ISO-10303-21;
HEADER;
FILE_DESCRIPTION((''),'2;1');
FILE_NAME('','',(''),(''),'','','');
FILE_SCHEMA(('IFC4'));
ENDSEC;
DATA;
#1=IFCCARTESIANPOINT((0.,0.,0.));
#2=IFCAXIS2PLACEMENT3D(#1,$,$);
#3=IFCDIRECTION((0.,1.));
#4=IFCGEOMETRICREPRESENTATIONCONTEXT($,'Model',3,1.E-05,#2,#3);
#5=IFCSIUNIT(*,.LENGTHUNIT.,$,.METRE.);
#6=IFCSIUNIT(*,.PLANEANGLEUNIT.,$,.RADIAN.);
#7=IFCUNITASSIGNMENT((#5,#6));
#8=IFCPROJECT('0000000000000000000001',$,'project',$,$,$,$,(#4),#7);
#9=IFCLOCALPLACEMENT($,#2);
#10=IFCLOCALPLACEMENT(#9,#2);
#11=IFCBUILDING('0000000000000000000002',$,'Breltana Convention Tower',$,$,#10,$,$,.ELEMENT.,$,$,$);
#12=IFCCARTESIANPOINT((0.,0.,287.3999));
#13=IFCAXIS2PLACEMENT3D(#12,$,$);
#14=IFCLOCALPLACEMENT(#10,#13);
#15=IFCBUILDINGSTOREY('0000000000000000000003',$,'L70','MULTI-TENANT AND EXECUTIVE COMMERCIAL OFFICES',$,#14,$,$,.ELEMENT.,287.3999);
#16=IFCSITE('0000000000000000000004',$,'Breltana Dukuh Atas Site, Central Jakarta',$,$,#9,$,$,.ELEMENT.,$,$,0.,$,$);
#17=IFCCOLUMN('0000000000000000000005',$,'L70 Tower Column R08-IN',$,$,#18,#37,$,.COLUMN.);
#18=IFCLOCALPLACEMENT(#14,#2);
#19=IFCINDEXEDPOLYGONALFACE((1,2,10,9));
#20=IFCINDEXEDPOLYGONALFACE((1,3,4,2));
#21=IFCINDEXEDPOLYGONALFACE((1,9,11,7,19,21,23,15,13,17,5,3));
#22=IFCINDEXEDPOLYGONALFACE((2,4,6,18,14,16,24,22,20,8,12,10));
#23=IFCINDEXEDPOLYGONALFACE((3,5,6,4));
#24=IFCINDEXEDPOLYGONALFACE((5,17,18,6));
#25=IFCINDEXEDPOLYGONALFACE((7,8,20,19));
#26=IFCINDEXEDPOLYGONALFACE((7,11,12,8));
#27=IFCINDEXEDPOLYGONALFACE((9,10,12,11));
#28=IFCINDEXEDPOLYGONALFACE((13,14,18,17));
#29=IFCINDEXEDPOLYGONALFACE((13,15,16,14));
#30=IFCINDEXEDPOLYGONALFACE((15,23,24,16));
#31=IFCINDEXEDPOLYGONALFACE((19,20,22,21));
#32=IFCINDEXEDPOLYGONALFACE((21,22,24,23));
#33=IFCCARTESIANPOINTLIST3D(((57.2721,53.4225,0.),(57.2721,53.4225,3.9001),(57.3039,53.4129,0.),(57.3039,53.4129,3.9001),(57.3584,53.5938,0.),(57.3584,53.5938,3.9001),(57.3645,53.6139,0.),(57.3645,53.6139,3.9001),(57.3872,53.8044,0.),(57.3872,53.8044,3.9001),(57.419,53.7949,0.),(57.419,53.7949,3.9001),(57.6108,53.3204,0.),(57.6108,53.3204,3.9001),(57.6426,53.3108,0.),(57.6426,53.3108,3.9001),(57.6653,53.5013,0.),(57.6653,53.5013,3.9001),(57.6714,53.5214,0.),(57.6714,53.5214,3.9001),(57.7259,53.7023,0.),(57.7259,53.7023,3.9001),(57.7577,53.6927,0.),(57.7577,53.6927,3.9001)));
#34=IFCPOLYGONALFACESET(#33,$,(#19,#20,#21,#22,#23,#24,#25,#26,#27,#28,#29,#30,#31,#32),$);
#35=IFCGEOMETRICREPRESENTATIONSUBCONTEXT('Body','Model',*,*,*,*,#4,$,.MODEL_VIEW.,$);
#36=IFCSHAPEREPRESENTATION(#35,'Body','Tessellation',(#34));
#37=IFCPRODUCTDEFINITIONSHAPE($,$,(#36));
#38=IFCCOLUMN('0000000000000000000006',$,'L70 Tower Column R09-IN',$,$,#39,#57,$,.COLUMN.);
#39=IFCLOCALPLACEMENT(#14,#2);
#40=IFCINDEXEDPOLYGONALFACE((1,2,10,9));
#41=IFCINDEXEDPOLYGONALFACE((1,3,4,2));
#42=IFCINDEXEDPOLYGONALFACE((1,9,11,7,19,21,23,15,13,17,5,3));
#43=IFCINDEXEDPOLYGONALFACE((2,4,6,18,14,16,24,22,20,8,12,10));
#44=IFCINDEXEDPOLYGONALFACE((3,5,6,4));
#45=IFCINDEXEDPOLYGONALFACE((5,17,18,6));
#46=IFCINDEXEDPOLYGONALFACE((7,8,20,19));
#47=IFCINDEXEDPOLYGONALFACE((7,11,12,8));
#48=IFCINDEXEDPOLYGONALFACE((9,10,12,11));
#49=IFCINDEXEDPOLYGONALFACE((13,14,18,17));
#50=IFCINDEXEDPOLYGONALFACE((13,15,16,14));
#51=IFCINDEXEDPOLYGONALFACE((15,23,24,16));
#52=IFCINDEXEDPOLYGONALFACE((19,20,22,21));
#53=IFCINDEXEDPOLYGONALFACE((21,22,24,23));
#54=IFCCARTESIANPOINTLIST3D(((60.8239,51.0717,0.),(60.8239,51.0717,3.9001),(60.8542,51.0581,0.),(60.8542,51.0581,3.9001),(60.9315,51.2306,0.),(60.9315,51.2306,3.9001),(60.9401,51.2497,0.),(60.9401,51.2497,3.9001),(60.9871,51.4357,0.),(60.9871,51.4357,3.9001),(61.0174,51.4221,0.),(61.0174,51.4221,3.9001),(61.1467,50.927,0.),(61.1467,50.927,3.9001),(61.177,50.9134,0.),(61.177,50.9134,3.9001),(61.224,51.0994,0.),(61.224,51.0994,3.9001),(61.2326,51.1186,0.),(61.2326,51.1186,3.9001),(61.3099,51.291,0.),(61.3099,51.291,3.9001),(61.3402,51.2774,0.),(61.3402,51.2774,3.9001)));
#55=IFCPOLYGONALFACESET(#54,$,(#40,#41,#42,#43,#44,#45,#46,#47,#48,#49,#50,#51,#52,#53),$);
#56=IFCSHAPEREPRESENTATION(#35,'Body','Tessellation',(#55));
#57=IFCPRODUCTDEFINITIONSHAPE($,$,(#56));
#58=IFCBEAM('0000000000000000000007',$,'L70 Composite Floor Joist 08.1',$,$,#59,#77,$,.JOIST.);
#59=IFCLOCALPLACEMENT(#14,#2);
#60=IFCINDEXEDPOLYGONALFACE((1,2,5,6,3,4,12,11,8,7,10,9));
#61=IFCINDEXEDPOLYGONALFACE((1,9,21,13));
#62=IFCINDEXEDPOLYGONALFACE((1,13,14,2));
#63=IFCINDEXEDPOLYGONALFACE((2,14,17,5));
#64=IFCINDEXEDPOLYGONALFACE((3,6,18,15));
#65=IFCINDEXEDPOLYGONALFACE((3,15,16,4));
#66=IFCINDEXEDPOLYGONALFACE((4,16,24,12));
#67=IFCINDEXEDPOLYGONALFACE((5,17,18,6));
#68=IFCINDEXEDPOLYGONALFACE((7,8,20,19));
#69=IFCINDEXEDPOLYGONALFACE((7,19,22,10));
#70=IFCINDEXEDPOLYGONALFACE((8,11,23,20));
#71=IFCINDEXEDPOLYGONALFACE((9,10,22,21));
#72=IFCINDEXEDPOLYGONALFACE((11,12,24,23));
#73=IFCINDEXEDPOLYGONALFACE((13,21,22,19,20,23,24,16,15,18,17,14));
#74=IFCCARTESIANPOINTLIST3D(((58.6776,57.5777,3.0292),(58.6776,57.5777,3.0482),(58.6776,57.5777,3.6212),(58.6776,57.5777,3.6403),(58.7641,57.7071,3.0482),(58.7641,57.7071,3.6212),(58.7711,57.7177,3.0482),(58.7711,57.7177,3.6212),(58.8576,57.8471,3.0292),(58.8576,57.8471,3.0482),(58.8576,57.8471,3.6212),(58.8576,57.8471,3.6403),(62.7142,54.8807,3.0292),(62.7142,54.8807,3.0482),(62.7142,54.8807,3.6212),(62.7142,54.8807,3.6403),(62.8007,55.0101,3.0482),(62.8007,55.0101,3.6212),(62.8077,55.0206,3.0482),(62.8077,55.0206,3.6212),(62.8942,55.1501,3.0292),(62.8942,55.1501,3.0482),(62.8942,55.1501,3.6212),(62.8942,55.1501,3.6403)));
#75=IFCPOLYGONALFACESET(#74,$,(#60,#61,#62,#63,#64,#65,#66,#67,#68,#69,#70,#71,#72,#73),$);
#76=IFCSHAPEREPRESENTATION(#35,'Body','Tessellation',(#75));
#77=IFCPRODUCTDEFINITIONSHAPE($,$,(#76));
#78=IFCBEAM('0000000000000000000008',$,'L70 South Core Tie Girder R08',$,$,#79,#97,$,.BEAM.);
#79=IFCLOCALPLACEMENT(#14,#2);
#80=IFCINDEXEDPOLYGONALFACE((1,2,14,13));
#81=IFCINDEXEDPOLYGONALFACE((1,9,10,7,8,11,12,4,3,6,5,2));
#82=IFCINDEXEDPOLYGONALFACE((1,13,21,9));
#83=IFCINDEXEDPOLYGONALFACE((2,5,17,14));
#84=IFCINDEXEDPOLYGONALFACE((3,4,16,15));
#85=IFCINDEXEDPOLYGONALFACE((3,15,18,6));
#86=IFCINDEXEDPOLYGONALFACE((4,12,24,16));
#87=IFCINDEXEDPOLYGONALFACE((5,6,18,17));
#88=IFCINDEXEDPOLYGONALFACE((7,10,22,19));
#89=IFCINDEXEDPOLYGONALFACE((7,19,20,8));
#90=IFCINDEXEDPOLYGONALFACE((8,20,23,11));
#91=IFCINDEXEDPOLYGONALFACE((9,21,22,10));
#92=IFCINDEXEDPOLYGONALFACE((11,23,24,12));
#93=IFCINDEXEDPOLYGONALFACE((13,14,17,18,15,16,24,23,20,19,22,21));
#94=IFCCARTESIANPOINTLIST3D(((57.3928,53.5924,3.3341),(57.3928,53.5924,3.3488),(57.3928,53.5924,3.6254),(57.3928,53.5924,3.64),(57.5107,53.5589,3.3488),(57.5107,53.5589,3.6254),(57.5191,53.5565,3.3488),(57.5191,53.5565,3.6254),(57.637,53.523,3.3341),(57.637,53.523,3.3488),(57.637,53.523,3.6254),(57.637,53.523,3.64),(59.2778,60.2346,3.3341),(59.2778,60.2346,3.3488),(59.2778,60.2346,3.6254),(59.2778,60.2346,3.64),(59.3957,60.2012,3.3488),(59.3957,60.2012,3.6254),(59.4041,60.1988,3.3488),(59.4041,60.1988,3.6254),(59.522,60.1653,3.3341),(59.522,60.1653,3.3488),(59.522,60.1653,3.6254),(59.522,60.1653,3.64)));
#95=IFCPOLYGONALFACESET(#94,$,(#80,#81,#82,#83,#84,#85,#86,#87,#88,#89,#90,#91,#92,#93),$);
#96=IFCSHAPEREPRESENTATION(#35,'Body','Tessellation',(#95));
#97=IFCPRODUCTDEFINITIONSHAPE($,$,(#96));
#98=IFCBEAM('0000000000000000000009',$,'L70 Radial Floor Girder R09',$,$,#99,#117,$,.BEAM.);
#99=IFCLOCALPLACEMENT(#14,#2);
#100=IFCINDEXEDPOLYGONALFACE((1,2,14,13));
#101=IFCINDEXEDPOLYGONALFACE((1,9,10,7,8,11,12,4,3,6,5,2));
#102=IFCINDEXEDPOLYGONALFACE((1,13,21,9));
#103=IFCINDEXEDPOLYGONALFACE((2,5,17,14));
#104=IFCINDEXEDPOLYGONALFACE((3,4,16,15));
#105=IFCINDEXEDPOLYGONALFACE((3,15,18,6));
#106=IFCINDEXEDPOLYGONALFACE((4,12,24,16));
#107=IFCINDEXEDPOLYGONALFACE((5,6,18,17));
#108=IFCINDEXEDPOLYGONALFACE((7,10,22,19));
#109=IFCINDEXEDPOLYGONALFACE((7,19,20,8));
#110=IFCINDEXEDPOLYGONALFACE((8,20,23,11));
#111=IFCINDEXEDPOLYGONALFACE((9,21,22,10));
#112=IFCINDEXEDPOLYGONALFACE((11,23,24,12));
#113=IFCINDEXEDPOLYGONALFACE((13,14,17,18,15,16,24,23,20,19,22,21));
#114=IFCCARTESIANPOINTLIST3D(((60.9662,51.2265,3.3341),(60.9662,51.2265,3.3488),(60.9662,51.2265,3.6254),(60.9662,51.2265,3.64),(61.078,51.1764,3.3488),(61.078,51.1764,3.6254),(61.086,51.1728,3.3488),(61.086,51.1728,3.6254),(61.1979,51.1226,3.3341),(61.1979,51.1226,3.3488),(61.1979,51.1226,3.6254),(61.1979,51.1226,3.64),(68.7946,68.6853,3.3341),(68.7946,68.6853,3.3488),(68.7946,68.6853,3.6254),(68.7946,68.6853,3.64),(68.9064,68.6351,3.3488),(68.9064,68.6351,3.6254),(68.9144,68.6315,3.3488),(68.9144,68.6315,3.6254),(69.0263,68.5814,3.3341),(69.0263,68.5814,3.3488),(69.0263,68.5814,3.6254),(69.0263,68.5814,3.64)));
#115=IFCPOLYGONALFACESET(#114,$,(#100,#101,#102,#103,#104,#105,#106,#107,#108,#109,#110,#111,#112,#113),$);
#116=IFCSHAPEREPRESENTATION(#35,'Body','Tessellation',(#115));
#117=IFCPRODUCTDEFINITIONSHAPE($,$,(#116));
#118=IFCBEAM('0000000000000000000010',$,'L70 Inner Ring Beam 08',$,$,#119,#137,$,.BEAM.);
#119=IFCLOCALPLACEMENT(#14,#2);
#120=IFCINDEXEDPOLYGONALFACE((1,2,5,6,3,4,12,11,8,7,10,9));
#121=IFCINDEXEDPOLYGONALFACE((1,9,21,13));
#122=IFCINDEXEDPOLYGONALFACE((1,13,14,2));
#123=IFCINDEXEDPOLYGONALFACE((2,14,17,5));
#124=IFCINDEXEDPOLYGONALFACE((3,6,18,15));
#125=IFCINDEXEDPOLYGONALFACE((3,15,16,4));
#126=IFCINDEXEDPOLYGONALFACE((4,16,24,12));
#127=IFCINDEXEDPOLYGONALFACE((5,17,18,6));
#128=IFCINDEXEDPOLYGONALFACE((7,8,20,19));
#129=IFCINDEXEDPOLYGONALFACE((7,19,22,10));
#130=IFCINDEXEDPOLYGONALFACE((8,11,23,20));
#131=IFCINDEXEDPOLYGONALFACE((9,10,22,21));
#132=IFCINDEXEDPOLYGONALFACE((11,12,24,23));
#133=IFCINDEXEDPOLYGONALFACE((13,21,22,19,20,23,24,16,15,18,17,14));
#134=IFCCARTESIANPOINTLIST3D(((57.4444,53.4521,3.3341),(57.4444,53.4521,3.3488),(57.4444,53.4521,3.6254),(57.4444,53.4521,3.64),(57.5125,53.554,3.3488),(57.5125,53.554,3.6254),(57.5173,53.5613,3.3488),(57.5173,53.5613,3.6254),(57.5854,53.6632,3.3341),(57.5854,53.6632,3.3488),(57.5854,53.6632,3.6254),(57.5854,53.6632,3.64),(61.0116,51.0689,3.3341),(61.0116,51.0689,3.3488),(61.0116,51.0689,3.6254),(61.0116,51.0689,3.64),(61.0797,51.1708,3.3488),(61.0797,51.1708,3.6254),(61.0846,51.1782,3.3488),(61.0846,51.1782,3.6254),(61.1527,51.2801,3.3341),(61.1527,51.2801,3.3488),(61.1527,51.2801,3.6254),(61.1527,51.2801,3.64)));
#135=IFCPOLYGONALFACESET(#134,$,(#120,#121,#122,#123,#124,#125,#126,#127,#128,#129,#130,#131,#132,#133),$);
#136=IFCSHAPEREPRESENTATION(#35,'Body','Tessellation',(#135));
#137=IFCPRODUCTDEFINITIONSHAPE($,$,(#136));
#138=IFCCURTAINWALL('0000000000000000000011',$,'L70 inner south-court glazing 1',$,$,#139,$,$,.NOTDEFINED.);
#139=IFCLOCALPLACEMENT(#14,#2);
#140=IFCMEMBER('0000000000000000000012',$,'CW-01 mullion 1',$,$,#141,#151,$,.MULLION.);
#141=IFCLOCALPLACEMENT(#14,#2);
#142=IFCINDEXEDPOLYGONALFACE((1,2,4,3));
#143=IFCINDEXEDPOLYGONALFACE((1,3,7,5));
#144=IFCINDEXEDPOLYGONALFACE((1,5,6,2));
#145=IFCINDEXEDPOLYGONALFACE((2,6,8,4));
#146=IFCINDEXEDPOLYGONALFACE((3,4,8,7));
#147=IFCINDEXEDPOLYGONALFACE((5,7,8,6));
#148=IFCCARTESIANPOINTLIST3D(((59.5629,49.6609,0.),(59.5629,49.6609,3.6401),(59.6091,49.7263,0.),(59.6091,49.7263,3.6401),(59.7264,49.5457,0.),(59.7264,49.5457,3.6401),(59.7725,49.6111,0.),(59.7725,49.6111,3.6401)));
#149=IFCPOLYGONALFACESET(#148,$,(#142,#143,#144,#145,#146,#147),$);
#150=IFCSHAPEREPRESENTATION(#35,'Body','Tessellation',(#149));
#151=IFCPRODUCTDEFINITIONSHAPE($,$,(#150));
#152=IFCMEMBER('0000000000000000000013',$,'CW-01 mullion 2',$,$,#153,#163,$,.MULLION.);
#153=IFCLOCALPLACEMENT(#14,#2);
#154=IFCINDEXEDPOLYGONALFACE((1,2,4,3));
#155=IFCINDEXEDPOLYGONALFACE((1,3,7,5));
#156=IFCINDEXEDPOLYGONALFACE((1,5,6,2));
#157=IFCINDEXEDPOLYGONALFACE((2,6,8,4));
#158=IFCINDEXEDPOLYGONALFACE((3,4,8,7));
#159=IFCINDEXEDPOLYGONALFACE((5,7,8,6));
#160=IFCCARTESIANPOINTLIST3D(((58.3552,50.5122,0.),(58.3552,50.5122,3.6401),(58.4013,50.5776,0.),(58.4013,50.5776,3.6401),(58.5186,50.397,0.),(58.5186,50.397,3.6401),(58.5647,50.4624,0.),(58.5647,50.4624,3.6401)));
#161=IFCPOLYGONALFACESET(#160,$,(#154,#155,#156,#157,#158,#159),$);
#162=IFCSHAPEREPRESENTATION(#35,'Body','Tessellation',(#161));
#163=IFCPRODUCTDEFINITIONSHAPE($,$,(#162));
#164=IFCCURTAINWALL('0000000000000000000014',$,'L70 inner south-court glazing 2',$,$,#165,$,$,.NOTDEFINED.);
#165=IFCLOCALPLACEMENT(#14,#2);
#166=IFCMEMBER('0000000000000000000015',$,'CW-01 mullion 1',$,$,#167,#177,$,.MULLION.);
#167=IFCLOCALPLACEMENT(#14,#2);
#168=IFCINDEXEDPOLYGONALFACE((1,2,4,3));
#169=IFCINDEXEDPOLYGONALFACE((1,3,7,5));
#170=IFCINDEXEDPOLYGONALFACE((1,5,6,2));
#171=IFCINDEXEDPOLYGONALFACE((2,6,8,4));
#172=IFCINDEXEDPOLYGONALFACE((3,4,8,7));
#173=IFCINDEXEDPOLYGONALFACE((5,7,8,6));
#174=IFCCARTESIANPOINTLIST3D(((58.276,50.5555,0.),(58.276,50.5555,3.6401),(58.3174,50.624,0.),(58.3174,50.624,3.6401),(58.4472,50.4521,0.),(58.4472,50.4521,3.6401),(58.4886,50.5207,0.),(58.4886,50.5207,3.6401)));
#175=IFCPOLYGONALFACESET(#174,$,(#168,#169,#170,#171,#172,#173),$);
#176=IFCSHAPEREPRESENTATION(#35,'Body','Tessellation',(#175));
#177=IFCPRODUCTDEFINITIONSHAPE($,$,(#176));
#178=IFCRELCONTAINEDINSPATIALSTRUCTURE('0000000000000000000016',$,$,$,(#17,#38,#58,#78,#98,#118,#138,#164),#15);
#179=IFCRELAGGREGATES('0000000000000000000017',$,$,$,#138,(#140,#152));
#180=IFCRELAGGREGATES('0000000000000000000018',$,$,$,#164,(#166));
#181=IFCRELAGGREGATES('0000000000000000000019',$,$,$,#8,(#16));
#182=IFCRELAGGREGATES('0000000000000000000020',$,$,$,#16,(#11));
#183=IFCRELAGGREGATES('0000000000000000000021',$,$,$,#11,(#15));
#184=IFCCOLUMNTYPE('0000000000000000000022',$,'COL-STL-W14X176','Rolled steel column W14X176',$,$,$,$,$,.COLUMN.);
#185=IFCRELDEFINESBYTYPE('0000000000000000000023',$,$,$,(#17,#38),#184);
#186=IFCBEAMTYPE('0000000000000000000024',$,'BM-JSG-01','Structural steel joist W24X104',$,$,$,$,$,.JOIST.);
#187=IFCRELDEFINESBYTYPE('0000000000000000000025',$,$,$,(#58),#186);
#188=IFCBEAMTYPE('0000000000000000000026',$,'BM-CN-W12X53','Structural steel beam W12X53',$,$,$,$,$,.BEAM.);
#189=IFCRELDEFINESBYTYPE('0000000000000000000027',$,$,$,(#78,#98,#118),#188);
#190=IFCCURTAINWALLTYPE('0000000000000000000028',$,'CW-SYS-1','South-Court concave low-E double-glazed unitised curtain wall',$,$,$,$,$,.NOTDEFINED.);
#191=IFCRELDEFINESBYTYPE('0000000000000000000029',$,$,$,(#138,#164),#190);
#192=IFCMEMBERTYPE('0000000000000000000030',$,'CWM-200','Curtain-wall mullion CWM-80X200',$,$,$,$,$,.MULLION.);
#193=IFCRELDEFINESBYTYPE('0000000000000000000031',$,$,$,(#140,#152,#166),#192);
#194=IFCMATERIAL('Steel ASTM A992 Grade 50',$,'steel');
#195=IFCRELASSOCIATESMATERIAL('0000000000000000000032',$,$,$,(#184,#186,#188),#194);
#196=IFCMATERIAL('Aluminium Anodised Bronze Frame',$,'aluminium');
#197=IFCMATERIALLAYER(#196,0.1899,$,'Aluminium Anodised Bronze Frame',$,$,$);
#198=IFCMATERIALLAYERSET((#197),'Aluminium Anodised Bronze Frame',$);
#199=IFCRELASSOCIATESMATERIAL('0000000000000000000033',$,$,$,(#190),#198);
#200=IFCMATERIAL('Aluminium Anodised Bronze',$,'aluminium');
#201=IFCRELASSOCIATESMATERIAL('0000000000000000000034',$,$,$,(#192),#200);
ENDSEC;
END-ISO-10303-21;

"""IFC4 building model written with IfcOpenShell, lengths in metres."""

from ifc_helpers import new_model, si_unit, direction, frame, origin, origin_2d, place, context, subcontext, project, spatial, rectangle, i_section, extrude, source, transform, mapped, material, layer, layer_set, material_profile, profile_set, type_object, element, aggregate, save


model = new_model("IFC4")

# Units and contexts
model_context = context("Model", 3, precision=1e-05, world=origin(), true_north=direction((0.0, 1.0)))
body_context = subcontext(model_context, "Body", "Model", "MODEL_VIEW")
ifc_project = project(units=[si_unit("LENGTHUNIT", "METRE"), si_unit("PLANEANGLEUNIT", "RADIAN")], contexts=[model_context])

# Site, building, storey
site_placement = place(None, origin())
site = spatial("IfcSite", under=ifc_project, at=site_placement, Name="Breltana Dukuh Atas Site, Central Jakarta", CompositionType="ELEMENT", RefElevation=0.0)
building_placement = place(site_placement, origin())
building = spatial("IfcBuilding", under=site, at=building_placement, Name="Breltana Convention Tower", CompositionType="ELEMENT")
storey_placement = place(building_placement, frame((0.0, 0.0, 287.3999)))
storey = spatial("IfcBuildingStorey", under=building, at=storey_placement, Name="L70", Description="MULTI-TENANT AND EXECUTIVE COMMERCIAL OFFICES", CompositionType="ELEMENT", Elevation=287.3999)

# Columns
ifc_material_1 = material(Name="Steel ASTM A992 Grade 50", Category="steel")
ifc_material_profile_1 = material_profile(ifc_material_1, i_section(OverallWidth=0.3989, OverallDepth=0.387, WebThickness=0.021, FlangeThickness=0.0332, at=origin_2d()), Name="W14X176")
ifc_profile_set_1 = profile_set([ifc_material_profile_1], Name="Steel ASTM A992 Grade 50")
column_type = type_object("IfcColumnType", Name="COL-STL-W14X176", Description="Rolled steel column W14X176", PredefinedType="COLUMN", material=ifc_profile_set_1)
shared_shape_1 = source(origin(), body_context, "Body", "SweptSolid", [
    extrude(i_section(OverallWidth=0.3989, OverallDepth=0.387, WebThickness=0.021, FlangeThickness=0.0332, at=origin_2d()), origin(), (0.0, 0.0, 1.0), 3.9001),
])
for number, where, z_axis, x_axis, name in (
    (1, (57.5149, 53.5576, 0.0), (0.0, 0.0, 1.0), (0.288698, 0.95742, 0.0), "L70 Tower Column R08-IN"),
    (2, (61.082, 51.1746, 0.0), (0.0, 0.0, 1.0), (0.409127, 0.912477, 0.0), "L70 Tower Column R09-IN"),
):
    element("IfcColumn", number, at=place(storey_placement, frame(where, z_axis=z_axis, x_axis=x_axis)), inside=storey, type_object=column_type, Name=name, PredefinedType="COLUMN", context=body_context, shape_type="MappedRepresentation", body=[
        mapped(shared_shape_1, transform((0.0, 0.0, 0.0), scale=1.0)),
    ])

# Beams
ifc_material_profile_2 = material_profile(ifc_material_1, i_section(OverallWidth=0.324, OverallDepth=0.6111, WebThickness=0.0127, FlangeThickness=0.019, at=origin_2d()), Name="W24X104")
ifc_profile_set_2 = profile_set([ifc_material_profile_2], Name="Steel ASTM A992 Grade 50")
beam_type_1 = type_object("IfcBeamType", Name="BM-JSG-01", Description="Structural steel joist W24X104", PredefinedType="JOIST", material=ifc_profile_set_2)
shared_shape_2 = source(origin(), body_context, "Body", "SweptSolid", [
    extrude(i_section(OverallWidth=0.324, OverallDepth=0.6111, WebThickness=0.0127, FlangeThickness=0.019, at=origin_2d()), origin(), (0.0, 0.0, 1.0), 4.8547),
])
beam_1_placement = place(storey_placement, frame((58.7676, 57.7124, 3.3347), z_axis=(0.831485, -0.555547, 0.0), x_axis=(0.555547, 0.831485, 0.0)))
element("IfcBeam", 3, at=beam_1_placement, inside=storey, type_object=beam_type_1, Name="L70 Composite Floor Joist 08.1", PredefinedType="JOIST", context=body_context, shape_type="MappedRepresentation", body=[
    mapped(shared_shape_2, transform((0.0, 0.0, 0.0), scale=1.0)),
])
ifc_material_profile_3 = material_profile(ifc_material_1, i_section(OverallWidth=0.2539, OverallDepth=0.3059, WebThickness=0.0088, FlangeThickness=0.0146, at=origin_2d()), Name="W12X53")
ifc_profile_set_3 = profile_set([ifc_material_profile_3], Name="Steel ASTM A992 Grade 50")
beam_type_2 = type_object("IfcBeamType", Name="BM-CN-W12X53", Description="Structural steel beam W12X53", PredefinedType="BEAM", material=ifc_profile_set_3)
shared_shape_3 = source(origin(), body_context, "Body", "SweptSolid", [
    extrude(i_section(OverallWidth=0.2539, OverallDepth=0.3059, WebThickness=0.0088, FlangeThickness=0.0146, at=origin_2d()), origin(), (0.0, 0.0, 1.0), 6.9045),
])
beam_2_placement = place(storey_placement, frame((59.3999, 60.2, 3.4871), z_axis=(-0.273007, -0.962012, 0.0), x_axis=(0.962012, -0.273007, 0.0)))
element("IfcBeam", 4, at=beam_2_placement, inside=storey, type_object=beam_type_2, Name="L70 South Core Tie Girder R08", PredefinedType="BEAM", context=body_context, shape_type="MappedRepresentation", body=[
    mapped(shared_shape_3, transform((0.0, 0.0, 0.0), scale=1.0)),
])
shared_shape_4 = source(origin(), body_context, "Body", "SweptSolid", [
    extrude(i_section(OverallWidth=0.2539, OverallDepth=0.3059, WebThickness=0.0088, FlangeThickness=0.0146, at=origin_2d()), origin(), (0.0, 0.0, 1.0), 19.1335),
])
beam_3_placement = place(storey_placement, frame((61.082, 51.1746, 3.4871), z_axis=(0.409145, 0.91247, 0.0), x_axis=(-0.91247, 0.409145, 0.0)))
element("IfcBeam", 5, at=beam_3_placement, inside=storey, type_object=beam_type_2, Name="L70 Radial Floor Girder R09", PredefinedType="BEAM", context=body_context, shape_type="MappedRepresentation", body=[
    mapped(shared_shape_4, transform((0.0, 0.0, 0.0), scale=1.0)),
])
shared_shape_5 = source(origin(), body_context, "Body", "SweptSolid", [
    extrude(i_section(OverallWidth=0.2539, OverallDepth=0.3059, WebThickness=0.0088, FlangeThickness=0.0146, at=origin_2d()), origin(), (0.0, 0.0, 1.0), 4.29),
])
beam_4_placement = place(storey_placement, frame((57.5149, 53.5576, 3.4871), z_axis=(0.831516, -0.555501, 0.0), x_axis=(0.555501, 0.831516, 0.0)))
element("IfcBeam", 6, at=beam_4_placement, inside=storey, type_object=beam_type_2, Name="L70 Inner Ring Beam 08", PredefinedType="BEAM", context=body_context, shape_type="MappedRepresentation", body=[
    mapped(shared_shape_5, transform((0.0, 0.0, 0.0), scale=1.0)),
])

# Curtain walls, members
ifc_material_2 = material(Name="Aluminium Anodised Bronze Frame", Category="aluminium")
ifc_layer_1 = layer(ifc_material_2, 0.1899, Name="Aluminium Anodised Bronze Frame")
ifc_layer_set_1 = layer_set([ifc_layer_1], Name="Aluminium Anodised Bronze Frame")
curtain_wall_type = type_object("IfcCurtainWallType", Name="CW-SYS-1", Description="South-Court concave low-E double-glazed unitised curtain wall", PredefinedType="NOTDEFINED", material=ifc_layer_set_1)
curtain_wall_1_placement = place(storey_placement, origin())
curtain_wall_1 = element("IfcCurtainWall", 7, at=curtain_wall_1_placement, inside=storey, type_object=curtain_wall_type, Name="L70 inner south-court glazing 1", PredefinedType="NOTDEFINED")
ifc_material_3 = material(Name="Aluminium Anodised Bronze", Category="aluminium")
ifc_material_profile_4 = material_profile(ifc_material_3, rectangle(XDim=0.0801, YDim=0.2, at=origin_2d()), Name="CWM-80X200")
ifc_profile_set_4 = profile_set([ifc_material_profile_4], Name="Aluminium Anodised Bronze")
member_type_1 = type_object("IfcMemberType", Name="CWM-200", Description="Curtain-wall mullion CWM-80X200", PredefinedType="MULLION", material=ifc_profile_set_4)
shared_shape_6 = source(origin(), body_context, "Body", "SweptSolid", [
    extrude(rectangle(XDim=0.0801, YDim=0.2, at=origin_2d()), origin(), (0.0, 0.0, 1.0), 3.6401),
])
member_1_placement = place(storey_placement, frame((59.6677, 49.636, 0.0), z_axis=(0.0, 0.0, 1.0), x_axis=(-0.576174, -0.817327, 0.0)))
member_1 = element("IfcMember", 8, at=member_1_placement, type_object=member_type_1, Name="CW-01 mullion 1", PredefinedType="MULLION", context=body_context, shape_type="MappedRepresentation", body=[
    mapped(shared_shape_6, transform((0.0, 0.0, 0.0), scale=1.0)),
])
member_2_placement = place(storey_placement, frame((58.46, 50.4873, 0.0), z_axis=(0.0, 0.0, 1.0), x_axis=(-0.576174, -0.817327, 0.0)))
member_2 = element("IfcMember", 9, at=member_2_placement, type_object=member_type_1, Name="CW-01 mullion 2", PredefinedType="MULLION", context=body_context, shape_type="MappedRepresentation", body=[
    mapped(shared_shape_6, transform((0.0, 0.0, 0.0), scale=1.0)),
])
curtain_wall_2_placement = place(storey_placement, origin())
curtain_wall_2 = element("IfcCurtainWall", 10, at=curtain_wall_2_placement, inside=storey, type_object=curtain_wall_type, Name="L70 inner south-court glazing 2", PredefinedType="NOTDEFINED")
member_3_placement = place(storey_placement, frame((58.3823, 50.5381, 0.0), z_axis=(0.0, 0.0, 1.0), x_axis=(-0.516827, -0.85609, 0.0)))
member_3 = element("IfcMember", 11, at=member_3_placement, type_object=member_type_1, Name="CW-01 mullion 1", PredefinedType="MULLION", context=body_context, shape_type="MappedRepresentation", body=[
    mapped(shared_shape_6, transform((0.0, 0.0, 0.0), scale=1.0)),
])

aggregate(curtain_wall_1, [member_1, member_2])
aggregate(curtain_wall_2, [member_3])

save(model, "model.ifc")
